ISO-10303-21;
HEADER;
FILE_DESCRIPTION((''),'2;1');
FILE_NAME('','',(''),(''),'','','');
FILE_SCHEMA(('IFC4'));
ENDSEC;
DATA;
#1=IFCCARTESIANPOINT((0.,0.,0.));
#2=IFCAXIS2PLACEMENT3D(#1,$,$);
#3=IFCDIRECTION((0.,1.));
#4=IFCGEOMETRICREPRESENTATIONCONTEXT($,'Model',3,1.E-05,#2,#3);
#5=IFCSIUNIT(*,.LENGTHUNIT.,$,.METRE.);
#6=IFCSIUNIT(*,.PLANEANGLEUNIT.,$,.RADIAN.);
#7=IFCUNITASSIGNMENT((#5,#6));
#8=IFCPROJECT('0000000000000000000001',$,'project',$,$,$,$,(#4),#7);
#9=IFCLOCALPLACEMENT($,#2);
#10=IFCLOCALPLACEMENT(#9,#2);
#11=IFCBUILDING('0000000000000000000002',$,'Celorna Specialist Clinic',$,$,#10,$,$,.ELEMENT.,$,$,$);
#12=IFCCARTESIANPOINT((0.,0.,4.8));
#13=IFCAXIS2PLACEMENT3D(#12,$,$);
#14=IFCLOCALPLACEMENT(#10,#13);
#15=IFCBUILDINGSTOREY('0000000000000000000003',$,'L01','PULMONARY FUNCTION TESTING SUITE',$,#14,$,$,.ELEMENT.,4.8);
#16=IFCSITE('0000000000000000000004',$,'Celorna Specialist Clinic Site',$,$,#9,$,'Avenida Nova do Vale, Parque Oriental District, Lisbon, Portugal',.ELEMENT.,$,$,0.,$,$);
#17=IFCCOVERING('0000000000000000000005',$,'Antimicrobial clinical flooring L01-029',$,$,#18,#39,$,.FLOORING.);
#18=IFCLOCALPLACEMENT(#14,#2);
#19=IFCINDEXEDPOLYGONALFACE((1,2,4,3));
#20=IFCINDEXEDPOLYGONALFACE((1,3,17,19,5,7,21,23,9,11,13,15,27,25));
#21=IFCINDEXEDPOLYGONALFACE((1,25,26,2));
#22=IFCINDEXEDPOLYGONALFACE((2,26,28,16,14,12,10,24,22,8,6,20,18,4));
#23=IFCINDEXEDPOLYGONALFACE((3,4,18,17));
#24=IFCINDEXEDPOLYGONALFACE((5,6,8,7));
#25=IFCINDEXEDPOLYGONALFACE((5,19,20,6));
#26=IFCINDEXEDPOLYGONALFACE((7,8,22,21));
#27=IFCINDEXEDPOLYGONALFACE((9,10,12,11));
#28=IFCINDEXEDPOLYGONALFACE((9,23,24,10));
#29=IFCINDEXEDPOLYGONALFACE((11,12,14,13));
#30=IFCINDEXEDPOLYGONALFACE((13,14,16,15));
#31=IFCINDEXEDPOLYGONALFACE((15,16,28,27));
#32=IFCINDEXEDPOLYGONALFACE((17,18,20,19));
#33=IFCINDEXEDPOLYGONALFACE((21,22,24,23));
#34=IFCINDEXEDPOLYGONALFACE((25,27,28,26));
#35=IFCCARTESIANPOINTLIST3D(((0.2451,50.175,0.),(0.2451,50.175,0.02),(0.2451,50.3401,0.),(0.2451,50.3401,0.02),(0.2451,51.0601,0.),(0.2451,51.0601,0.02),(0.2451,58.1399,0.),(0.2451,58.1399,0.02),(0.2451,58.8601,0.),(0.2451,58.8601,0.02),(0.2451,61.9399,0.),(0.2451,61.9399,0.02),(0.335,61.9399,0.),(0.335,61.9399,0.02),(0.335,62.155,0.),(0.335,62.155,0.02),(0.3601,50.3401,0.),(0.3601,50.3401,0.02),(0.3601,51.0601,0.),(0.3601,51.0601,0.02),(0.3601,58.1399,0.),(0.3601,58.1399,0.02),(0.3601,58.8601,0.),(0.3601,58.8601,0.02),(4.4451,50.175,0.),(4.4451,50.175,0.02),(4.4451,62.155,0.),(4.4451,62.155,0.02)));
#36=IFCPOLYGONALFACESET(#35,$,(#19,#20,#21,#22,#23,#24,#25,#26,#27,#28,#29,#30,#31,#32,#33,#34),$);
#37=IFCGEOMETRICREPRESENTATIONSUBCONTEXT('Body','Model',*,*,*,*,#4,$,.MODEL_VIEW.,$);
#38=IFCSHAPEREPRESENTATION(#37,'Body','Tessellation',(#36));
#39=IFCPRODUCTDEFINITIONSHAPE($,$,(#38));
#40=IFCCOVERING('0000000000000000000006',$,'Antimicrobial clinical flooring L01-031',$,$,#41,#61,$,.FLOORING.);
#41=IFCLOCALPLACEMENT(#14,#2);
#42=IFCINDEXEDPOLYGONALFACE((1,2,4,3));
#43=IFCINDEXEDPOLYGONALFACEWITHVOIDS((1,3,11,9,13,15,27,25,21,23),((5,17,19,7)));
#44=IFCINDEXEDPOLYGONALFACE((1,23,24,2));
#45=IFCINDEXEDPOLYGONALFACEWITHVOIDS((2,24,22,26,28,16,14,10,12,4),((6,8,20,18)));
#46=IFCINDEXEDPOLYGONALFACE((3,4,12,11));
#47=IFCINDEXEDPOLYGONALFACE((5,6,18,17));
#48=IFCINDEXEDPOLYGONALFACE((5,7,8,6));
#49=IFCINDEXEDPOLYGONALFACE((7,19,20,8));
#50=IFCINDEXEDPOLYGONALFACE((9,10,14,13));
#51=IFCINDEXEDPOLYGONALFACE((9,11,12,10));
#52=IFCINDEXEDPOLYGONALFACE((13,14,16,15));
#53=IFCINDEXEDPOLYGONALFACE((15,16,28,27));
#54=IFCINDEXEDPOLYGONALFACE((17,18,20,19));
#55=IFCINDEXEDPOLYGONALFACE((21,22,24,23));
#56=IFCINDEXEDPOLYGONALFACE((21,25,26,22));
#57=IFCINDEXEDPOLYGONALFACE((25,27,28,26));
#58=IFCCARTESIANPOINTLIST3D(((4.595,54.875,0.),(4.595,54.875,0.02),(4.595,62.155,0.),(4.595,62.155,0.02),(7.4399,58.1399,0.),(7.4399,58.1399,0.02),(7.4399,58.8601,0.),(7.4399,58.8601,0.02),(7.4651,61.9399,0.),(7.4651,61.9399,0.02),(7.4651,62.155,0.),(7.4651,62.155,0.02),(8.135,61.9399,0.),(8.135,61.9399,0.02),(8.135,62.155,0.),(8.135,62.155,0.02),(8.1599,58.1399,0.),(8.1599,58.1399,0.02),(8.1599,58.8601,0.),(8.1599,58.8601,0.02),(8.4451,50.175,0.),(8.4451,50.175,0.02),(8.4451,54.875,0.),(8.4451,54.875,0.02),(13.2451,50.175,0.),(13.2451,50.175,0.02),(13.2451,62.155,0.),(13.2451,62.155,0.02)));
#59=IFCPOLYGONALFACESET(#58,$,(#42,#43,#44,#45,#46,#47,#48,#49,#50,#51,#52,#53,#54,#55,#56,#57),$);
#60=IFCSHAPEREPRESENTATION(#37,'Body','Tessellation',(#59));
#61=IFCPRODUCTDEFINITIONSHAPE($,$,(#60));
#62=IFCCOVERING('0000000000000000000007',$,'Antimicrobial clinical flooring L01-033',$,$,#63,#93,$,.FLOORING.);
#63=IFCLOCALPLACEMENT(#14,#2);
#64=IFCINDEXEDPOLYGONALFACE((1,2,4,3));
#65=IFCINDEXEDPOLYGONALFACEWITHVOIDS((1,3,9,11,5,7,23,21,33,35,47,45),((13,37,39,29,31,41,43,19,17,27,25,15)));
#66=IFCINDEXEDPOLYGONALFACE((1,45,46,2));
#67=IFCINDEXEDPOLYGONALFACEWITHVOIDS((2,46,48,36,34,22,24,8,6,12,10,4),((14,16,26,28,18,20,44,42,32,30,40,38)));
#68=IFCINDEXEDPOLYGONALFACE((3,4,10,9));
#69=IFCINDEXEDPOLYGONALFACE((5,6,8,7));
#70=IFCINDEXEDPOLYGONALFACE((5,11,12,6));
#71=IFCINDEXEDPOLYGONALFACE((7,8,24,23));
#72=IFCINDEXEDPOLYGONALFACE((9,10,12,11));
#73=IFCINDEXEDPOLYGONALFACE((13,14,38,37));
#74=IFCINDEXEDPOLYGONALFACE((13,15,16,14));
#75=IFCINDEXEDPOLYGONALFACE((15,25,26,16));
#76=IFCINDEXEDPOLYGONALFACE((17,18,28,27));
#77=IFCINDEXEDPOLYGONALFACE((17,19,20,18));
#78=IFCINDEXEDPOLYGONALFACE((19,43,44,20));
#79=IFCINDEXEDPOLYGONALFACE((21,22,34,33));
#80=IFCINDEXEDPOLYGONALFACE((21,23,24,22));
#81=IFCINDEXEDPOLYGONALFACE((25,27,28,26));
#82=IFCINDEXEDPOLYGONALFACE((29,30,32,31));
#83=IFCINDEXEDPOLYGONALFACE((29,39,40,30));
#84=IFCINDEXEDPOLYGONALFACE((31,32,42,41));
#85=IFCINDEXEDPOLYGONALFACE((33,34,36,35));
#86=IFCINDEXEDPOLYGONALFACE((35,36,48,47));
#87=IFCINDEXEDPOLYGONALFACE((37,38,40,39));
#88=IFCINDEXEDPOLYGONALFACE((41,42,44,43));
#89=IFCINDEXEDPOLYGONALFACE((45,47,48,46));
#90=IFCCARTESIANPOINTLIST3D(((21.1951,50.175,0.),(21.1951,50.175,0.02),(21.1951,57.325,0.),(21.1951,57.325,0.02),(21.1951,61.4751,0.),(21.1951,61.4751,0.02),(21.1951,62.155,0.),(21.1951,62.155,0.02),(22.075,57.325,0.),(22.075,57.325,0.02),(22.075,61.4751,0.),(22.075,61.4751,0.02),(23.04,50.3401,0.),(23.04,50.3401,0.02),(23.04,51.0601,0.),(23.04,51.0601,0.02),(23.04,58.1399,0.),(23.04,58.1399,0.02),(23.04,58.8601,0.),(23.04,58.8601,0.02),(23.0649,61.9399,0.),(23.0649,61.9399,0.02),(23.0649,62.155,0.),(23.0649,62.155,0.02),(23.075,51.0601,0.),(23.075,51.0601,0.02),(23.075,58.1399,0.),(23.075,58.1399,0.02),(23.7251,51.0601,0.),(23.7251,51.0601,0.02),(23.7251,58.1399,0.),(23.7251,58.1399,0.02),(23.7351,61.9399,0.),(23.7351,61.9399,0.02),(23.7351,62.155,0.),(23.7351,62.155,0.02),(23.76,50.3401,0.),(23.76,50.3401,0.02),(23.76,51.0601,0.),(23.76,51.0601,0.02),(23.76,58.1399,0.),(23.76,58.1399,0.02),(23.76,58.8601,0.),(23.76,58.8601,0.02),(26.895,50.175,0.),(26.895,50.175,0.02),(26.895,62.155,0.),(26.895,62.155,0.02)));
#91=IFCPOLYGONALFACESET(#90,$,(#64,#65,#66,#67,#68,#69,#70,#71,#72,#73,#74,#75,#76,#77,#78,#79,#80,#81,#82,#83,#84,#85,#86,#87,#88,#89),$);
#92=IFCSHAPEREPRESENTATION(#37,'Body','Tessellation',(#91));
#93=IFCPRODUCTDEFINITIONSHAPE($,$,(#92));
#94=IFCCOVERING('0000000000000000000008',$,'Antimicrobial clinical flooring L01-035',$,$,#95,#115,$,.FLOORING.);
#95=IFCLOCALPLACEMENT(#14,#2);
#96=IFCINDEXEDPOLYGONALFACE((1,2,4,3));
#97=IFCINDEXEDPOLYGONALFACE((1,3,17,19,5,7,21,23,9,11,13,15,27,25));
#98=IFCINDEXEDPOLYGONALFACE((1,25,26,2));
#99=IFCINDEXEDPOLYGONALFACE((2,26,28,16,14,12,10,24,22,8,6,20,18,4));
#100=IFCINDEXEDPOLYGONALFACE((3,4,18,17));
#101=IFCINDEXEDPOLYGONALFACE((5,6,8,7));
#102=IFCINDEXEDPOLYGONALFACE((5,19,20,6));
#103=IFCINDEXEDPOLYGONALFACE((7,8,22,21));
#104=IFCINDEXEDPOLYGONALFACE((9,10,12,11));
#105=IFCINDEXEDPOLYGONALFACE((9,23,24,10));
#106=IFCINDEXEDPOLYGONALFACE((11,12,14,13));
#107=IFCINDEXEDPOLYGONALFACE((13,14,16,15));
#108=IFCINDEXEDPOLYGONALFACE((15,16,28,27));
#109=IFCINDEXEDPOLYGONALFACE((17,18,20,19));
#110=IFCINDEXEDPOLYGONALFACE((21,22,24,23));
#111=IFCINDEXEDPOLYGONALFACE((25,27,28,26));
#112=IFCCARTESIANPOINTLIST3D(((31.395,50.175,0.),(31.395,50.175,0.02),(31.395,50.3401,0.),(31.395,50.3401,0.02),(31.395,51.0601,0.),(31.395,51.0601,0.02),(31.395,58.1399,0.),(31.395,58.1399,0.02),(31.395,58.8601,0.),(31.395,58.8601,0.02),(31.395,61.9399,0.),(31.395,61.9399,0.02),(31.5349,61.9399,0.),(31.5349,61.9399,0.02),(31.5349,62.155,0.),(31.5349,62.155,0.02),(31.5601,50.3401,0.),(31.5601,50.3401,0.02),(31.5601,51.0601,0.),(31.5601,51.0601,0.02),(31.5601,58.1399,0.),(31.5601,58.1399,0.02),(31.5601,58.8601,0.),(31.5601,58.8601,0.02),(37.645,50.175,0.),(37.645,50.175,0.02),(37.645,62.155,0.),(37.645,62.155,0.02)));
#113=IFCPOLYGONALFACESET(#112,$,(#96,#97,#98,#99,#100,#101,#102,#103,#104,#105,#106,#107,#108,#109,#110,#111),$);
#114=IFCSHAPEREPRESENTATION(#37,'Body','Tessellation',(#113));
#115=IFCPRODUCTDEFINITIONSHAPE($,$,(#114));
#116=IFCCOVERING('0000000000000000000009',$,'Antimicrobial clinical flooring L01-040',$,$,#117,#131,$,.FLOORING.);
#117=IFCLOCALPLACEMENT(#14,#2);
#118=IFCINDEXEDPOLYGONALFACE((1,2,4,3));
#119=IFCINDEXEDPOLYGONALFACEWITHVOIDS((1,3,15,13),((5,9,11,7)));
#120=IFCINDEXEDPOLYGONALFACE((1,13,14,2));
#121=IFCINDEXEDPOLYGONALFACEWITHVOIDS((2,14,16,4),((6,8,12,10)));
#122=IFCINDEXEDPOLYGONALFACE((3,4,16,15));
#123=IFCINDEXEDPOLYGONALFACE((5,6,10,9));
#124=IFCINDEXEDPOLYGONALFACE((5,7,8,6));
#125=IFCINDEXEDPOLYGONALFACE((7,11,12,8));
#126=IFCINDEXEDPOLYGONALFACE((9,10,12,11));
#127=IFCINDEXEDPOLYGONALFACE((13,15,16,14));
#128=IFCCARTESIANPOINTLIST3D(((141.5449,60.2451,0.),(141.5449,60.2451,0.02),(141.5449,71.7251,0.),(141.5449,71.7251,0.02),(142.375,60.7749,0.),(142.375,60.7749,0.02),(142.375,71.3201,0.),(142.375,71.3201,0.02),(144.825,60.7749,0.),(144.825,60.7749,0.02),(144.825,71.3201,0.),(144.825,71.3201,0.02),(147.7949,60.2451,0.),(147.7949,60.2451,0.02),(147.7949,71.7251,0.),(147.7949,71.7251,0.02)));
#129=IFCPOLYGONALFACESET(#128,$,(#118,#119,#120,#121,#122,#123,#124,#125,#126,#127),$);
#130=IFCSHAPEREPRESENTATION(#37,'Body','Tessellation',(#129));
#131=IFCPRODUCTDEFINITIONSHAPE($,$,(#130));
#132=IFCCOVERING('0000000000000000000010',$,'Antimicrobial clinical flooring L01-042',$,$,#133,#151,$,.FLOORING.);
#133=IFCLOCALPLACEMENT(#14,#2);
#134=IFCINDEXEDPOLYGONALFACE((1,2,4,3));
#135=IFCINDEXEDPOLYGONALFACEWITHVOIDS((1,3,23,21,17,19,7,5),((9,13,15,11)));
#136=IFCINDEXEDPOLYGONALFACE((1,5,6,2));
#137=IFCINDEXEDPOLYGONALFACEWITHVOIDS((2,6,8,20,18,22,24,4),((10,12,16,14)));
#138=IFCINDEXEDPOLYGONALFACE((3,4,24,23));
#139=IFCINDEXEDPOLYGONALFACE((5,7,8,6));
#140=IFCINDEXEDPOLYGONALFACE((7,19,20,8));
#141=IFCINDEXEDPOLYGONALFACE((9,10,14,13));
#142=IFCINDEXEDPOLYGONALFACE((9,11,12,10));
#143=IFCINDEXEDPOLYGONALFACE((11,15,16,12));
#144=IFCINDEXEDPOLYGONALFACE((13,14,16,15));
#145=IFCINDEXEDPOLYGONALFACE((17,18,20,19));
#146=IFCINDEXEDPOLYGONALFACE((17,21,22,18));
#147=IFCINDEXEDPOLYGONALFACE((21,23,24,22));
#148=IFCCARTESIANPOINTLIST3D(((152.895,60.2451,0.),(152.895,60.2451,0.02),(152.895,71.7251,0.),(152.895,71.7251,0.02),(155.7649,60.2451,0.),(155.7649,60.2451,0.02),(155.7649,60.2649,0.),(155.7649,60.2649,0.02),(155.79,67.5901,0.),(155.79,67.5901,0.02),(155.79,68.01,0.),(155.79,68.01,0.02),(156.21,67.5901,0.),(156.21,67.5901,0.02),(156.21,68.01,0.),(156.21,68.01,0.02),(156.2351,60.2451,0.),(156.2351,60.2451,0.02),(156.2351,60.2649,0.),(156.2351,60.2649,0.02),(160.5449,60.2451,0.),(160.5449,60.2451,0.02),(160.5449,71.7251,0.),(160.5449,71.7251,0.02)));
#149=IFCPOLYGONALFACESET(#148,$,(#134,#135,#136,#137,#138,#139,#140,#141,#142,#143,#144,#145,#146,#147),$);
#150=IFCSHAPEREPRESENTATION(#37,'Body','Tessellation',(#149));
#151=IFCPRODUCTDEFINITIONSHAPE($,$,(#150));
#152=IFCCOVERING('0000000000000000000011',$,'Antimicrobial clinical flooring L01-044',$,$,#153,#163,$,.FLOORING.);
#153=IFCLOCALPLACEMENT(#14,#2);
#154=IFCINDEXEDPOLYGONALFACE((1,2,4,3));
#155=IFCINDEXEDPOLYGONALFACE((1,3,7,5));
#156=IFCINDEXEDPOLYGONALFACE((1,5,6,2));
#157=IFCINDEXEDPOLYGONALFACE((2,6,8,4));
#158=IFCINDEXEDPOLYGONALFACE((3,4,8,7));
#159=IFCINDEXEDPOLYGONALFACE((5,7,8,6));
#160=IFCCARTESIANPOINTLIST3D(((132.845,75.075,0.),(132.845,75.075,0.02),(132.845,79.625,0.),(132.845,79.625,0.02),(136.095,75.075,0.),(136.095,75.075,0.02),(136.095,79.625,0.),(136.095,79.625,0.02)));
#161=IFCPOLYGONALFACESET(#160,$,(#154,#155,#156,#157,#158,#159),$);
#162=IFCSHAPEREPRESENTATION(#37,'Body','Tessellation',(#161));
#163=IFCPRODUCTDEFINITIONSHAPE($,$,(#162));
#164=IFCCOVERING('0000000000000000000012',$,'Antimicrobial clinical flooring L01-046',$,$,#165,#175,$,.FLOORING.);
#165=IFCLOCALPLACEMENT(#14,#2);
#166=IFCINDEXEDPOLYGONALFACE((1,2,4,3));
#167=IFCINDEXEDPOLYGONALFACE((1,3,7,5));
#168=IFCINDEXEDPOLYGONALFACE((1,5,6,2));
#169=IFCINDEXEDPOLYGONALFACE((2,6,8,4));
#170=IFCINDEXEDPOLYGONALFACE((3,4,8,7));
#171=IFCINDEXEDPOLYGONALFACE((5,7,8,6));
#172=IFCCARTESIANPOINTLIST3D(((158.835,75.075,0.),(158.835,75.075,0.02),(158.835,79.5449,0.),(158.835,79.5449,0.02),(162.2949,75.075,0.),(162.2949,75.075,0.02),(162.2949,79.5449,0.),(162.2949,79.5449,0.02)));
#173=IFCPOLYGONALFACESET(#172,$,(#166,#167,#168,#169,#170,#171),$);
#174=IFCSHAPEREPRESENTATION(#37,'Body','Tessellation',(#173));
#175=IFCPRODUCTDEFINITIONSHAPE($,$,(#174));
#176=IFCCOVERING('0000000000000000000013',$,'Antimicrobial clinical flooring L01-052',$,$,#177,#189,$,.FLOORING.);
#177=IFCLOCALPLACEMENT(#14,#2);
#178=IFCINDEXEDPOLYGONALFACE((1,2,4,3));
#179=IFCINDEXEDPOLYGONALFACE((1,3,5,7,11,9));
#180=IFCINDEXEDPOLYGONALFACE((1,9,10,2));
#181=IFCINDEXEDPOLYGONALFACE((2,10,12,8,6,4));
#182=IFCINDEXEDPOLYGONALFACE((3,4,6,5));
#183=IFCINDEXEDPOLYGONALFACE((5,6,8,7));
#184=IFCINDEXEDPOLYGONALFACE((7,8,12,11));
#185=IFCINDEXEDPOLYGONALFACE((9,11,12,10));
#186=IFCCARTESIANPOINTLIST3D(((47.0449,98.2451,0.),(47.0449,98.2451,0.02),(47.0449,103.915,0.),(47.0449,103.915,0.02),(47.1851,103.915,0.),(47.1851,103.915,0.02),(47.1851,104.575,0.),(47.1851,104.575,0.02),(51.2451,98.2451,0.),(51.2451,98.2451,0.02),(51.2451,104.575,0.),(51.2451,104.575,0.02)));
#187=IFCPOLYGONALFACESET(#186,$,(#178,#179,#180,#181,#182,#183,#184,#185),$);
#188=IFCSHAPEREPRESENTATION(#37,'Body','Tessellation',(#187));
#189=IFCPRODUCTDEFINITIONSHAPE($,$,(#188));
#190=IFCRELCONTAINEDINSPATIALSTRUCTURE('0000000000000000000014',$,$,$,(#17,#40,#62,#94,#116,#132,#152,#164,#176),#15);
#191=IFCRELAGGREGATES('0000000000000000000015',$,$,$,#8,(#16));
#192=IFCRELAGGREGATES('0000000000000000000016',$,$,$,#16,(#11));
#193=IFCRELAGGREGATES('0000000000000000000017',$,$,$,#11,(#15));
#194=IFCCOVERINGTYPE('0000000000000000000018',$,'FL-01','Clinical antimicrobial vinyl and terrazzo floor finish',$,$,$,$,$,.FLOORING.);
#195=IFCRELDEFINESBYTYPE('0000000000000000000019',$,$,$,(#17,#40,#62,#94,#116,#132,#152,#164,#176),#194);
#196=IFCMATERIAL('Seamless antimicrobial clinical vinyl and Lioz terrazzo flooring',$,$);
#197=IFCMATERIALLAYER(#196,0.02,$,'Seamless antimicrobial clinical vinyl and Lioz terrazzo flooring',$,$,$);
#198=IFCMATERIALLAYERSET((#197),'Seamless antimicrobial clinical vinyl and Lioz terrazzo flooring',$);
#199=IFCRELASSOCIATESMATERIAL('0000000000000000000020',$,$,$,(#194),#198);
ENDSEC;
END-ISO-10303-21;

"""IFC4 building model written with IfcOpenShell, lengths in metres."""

from ifc_helpers import new_model, si_unit, direction, frame, origin, place, context, subcontext, project, spatial, polyline, outline, extrude, material, layer, layer_set, type_object, element, save


model = new_model("IFC4")

# Units and contexts
model_context = context("Model", 3, precision=1e-05, world=origin(), true_north=direction((0.0, 1.0)))
body_context = subcontext(model_context, "Body", "Model", "MODEL_VIEW")
ifc_project = project(units=[si_unit("LENGTHUNIT", "METRE"), si_unit("PLANEANGLEUNIT", "RADIAN")], contexts=[model_context])

# Site, building, storey
site_placement = place(None, origin())
site = spatial("IfcSite", under=ifc_project, at=site_placement, Name="Celorna Specialist Clinic Site", LongName="Avenida Nova do Vale, Parque Oriental District, Lisbon, Portugal", CompositionType="ELEMENT", RefElevation=0.0)
building_placement = place(site_placement, origin())
building = spatial("IfcBuilding", under=site, at=building_placement, Name="Celorna Specialist Clinic", CompositionType="ELEMENT")
storey_placement = place(building_placement, frame((0.0, 0.0, 4.8)))
storey = spatial("IfcBuildingStorey", under=building, at=storey_placement, Name="L01", Description="PULMONARY FUNCTION TESTING SUITE", CompositionType="ELEMENT", Elevation=4.8)

# Coverings
ifc_material_1 = material(Name="Seamless antimicrobial clinical vinyl and Lioz terrazzo flooring")
ifc_layer_1 = layer(ifc_material_1, 0.02, Name="Seamless antimicrobial clinical vinyl and Lioz terrazzo flooring")
ifc_layer_set_1 = layer_set([ifc_layer_1], Name="Seamless antimicrobial clinical vinyl and Lioz terrazzo flooring")
covering_type_1 = type_object("IfcCoveringType", Name="FL-01", Description="Clinical antimicrobial vinyl and terrazzo floor finish", PredefinedType="FLOORING", material=ifc_layer_set_1)
covering_1_placement = place(storey_placement, origin())
element("IfcCovering", 1, at=covering_1_placement, inside=storey, type_object=covering_type_1, Name="Antimicrobial clinical flooring L01-029", PredefinedType="FLOORING", context=body_context, shape_type="SweptSolid", body=[
    extrude(outline(polyline([(0.2451, 50.3401), (0.3601, 50.3401), (0.3601, 51.0601), (0.2451, 51.0601), (0.2451, 58.1399), (0.3601, 58.1399), (0.3601, 58.8601), (0.2451, 58.8601), (0.2451, 61.9399), (0.335, 61.9399), (0.335, 62.155), (4.4451, 62.155), (4.4451, 50.175), (0.2451, 50.175), (0.2451, 50.3401)])), origin(), (0.0, 0.0, 1.0), 0.02),
])
covering_2_placement = place(storey_placement, origin())
element("IfcCovering", 2, at=covering_2_placement, inside=storey, type_object=covering_type_1, Name="Antimicrobial clinical flooring L01-031", PredefinedType="FLOORING", context=body_context, shape_type="SweptSolid", body=[
    extrude(outline(polyline([(8.4451, 50.175), (8.4451, 54.875), (4.595, 54.875), (4.595, 62.155), (7.4651, 62.155), (7.4651, 61.9399), (8.135, 61.9399), (8.135, 62.155), (13.2451, 62.155), (13.2451, 50.175), (8.4451, 50.175)]), holes=[polyline([(8.1599, 58.8601), (7.4399, 58.8601), (7.4399, 58.1399), (8.1599, 58.1399), (8.1599, 58.8601)])]), origin(), (0.0, 0.0, 1.0), 0.02),
])
covering_3_placement = place(storey_placement, origin())
element("IfcCovering", 3, at=covering_3_placement, inside=storey, type_object=covering_type_1, Name="Antimicrobial clinical flooring L01-033", PredefinedType="FLOORING", context=body_context, shape_type="SweptSolid", body=[
    extrude(outline(polyline([(23.0649, 62.155), (23.0649, 61.9399), (23.7351, 61.9399), (23.7351, 62.155), (26.895, 62.155), (26.895, 50.175), (21.1951, 50.175), (21.1951, 57.325), (22.075, 57.325), (22.075, 61.4751), (21.1951, 61.4751), (21.1951, 62.155), (23.0649, 62.155)]), holes=[polyline([(23.075, 51.0601), (23.04, 51.0601), (23.04, 50.3401), (23.76, 50.3401), (23.76, 51.0601), (23.7251, 51.0601), (23.7251, 58.1399), (23.76, 58.1399), (23.76, 58.8601), (23.04, 58.8601), (23.04, 58.1399), (23.075, 58.1399), (23.075, 51.0601)])]), origin(), (0.0, 0.0, 1.0), 0.02),
])
covering_4_placement = place(storey_placement, origin())
element("IfcCovering", 4, at=covering_4_placement, inside=storey, type_object=covering_type_1, Name="Antimicrobial clinical flooring L01-035", PredefinedType="FLOORING", context=body_context, shape_type="SweptSolid", body=[
    extrude(outline(polyline([(31.395, 50.3401), (31.5601, 50.3401), (31.5601, 51.0601), (31.395, 51.0601), (31.395, 58.1399), (31.5601, 58.1399), (31.5601, 58.8601), (31.395, 58.8601), (31.395, 61.9399), (31.5349, 61.9399), (31.5349, 62.155), (37.645, 62.155), (37.645, 50.175), (31.395, 50.175), (31.395, 50.3401)])), origin(), (0.0, 0.0, 1.0), 0.02),
])
covering_5_placement = place(storey_placement, origin())
element("IfcCovering", 5, at=covering_5_placement, inside=storey, type_object=covering_type_1, Name="Antimicrobial clinical flooring L01-040", PredefinedType="FLOORING", context=body_context, shape_type="SweptSolid", body=[
    extrude(outline(polyline([(141.5449, 71.7251), (147.7949, 71.7251), (147.7949, 60.2451), (141.5449, 60.2451), (141.5449, 71.7251)]), holes=[polyline([(142.375, 60.7749), (144.825, 60.7749), (144.825, 71.3201), (142.375, 71.3201), (142.375, 60.7749)])]), origin(), (0.0, 0.0, 1.0), 0.02),
])
covering_6_placement = place(storey_placement, origin())
element("IfcCovering", 6, at=covering_6_placement, inside=storey, type_object=covering_type_1, Name="Antimicrobial clinical flooring L01-042", PredefinedType="FLOORING", context=body_context, shape_type="SweptSolid", body=[
    extrude(outline(polyline([(152.895, 71.7251), (160.5449, 71.7251), (160.5449, 60.2451), (156.2351, 60.2451), (156.2351, 60.2649), (155.7649, 60.2649), (155.7649, 60.2451), (152.895, 60.2451), (152.895, 71.7251)]), holes=[polyline([(156.21, 67.5901), (156.21, 68.01), (155.79, 68.01), (155.79, 67.5901), (156.21, 67.5901)])]), origin(), (0.0, 0.0, 1.0), 0.02),
])
covering_7_placement = place(storey_placement, origin())
element("IfcCovering", 7, at=covering_7_placement, inside=storey, type_object=covering_type_1, Name="Antimicrobial clinical flooring L01-044", PredefinedType="FLOORING", context=body_context, shape_type="SweptSolid", body=[
    extrude(outline(polyline([(132.845, 79.625), (136.095, 79.625), (136.095, 75.075), (132.845, 75.075), (132.845, 79.625)])), origin(), (0.0, 0.0, 1.0), 0.02),
])
covering_8_placement = place(storey_placement, origin())
element("IfcCovering", 8, at=covering_8_placement, inside=storey, type_object=covering_type_1, Name="Antimicrobial clinical flooring L01-046", PredefinedType="FLOORING", context=body_context, shape_type="SweptSolid", body=[
    extrude(outline(polyline([(158.835, 75.075), (158.835, 79.5449), (162.2949, 79.5449), (162.2949, 75.075), (158.835, 75.075)])), origin(), (0.0, 0.0, 1.0), 0.02),
])
covering_9_placement = place(storey_placement, origin())
element("IfcCovering", 9, at=covering_9_placement, inside=storey, type_object=covering_type_1, Name="Antimicrobial clinical flooring L01-052", PredefinedType="FLOORING", context=body_context, shape_type="SweptSolid", body=[
    extrude(outline(polyline([(47.1851, 104.575), (51.2451, 104.575), (51.2451, 98.2451), (47.0449, 98.2451), (47.0449, 103.915), (47.1851, 103.915), (47.1851, 104.575)])), origin(), (0.0, 0.0, 1.0), 0.02),
])

save(model, "model.ifc")
